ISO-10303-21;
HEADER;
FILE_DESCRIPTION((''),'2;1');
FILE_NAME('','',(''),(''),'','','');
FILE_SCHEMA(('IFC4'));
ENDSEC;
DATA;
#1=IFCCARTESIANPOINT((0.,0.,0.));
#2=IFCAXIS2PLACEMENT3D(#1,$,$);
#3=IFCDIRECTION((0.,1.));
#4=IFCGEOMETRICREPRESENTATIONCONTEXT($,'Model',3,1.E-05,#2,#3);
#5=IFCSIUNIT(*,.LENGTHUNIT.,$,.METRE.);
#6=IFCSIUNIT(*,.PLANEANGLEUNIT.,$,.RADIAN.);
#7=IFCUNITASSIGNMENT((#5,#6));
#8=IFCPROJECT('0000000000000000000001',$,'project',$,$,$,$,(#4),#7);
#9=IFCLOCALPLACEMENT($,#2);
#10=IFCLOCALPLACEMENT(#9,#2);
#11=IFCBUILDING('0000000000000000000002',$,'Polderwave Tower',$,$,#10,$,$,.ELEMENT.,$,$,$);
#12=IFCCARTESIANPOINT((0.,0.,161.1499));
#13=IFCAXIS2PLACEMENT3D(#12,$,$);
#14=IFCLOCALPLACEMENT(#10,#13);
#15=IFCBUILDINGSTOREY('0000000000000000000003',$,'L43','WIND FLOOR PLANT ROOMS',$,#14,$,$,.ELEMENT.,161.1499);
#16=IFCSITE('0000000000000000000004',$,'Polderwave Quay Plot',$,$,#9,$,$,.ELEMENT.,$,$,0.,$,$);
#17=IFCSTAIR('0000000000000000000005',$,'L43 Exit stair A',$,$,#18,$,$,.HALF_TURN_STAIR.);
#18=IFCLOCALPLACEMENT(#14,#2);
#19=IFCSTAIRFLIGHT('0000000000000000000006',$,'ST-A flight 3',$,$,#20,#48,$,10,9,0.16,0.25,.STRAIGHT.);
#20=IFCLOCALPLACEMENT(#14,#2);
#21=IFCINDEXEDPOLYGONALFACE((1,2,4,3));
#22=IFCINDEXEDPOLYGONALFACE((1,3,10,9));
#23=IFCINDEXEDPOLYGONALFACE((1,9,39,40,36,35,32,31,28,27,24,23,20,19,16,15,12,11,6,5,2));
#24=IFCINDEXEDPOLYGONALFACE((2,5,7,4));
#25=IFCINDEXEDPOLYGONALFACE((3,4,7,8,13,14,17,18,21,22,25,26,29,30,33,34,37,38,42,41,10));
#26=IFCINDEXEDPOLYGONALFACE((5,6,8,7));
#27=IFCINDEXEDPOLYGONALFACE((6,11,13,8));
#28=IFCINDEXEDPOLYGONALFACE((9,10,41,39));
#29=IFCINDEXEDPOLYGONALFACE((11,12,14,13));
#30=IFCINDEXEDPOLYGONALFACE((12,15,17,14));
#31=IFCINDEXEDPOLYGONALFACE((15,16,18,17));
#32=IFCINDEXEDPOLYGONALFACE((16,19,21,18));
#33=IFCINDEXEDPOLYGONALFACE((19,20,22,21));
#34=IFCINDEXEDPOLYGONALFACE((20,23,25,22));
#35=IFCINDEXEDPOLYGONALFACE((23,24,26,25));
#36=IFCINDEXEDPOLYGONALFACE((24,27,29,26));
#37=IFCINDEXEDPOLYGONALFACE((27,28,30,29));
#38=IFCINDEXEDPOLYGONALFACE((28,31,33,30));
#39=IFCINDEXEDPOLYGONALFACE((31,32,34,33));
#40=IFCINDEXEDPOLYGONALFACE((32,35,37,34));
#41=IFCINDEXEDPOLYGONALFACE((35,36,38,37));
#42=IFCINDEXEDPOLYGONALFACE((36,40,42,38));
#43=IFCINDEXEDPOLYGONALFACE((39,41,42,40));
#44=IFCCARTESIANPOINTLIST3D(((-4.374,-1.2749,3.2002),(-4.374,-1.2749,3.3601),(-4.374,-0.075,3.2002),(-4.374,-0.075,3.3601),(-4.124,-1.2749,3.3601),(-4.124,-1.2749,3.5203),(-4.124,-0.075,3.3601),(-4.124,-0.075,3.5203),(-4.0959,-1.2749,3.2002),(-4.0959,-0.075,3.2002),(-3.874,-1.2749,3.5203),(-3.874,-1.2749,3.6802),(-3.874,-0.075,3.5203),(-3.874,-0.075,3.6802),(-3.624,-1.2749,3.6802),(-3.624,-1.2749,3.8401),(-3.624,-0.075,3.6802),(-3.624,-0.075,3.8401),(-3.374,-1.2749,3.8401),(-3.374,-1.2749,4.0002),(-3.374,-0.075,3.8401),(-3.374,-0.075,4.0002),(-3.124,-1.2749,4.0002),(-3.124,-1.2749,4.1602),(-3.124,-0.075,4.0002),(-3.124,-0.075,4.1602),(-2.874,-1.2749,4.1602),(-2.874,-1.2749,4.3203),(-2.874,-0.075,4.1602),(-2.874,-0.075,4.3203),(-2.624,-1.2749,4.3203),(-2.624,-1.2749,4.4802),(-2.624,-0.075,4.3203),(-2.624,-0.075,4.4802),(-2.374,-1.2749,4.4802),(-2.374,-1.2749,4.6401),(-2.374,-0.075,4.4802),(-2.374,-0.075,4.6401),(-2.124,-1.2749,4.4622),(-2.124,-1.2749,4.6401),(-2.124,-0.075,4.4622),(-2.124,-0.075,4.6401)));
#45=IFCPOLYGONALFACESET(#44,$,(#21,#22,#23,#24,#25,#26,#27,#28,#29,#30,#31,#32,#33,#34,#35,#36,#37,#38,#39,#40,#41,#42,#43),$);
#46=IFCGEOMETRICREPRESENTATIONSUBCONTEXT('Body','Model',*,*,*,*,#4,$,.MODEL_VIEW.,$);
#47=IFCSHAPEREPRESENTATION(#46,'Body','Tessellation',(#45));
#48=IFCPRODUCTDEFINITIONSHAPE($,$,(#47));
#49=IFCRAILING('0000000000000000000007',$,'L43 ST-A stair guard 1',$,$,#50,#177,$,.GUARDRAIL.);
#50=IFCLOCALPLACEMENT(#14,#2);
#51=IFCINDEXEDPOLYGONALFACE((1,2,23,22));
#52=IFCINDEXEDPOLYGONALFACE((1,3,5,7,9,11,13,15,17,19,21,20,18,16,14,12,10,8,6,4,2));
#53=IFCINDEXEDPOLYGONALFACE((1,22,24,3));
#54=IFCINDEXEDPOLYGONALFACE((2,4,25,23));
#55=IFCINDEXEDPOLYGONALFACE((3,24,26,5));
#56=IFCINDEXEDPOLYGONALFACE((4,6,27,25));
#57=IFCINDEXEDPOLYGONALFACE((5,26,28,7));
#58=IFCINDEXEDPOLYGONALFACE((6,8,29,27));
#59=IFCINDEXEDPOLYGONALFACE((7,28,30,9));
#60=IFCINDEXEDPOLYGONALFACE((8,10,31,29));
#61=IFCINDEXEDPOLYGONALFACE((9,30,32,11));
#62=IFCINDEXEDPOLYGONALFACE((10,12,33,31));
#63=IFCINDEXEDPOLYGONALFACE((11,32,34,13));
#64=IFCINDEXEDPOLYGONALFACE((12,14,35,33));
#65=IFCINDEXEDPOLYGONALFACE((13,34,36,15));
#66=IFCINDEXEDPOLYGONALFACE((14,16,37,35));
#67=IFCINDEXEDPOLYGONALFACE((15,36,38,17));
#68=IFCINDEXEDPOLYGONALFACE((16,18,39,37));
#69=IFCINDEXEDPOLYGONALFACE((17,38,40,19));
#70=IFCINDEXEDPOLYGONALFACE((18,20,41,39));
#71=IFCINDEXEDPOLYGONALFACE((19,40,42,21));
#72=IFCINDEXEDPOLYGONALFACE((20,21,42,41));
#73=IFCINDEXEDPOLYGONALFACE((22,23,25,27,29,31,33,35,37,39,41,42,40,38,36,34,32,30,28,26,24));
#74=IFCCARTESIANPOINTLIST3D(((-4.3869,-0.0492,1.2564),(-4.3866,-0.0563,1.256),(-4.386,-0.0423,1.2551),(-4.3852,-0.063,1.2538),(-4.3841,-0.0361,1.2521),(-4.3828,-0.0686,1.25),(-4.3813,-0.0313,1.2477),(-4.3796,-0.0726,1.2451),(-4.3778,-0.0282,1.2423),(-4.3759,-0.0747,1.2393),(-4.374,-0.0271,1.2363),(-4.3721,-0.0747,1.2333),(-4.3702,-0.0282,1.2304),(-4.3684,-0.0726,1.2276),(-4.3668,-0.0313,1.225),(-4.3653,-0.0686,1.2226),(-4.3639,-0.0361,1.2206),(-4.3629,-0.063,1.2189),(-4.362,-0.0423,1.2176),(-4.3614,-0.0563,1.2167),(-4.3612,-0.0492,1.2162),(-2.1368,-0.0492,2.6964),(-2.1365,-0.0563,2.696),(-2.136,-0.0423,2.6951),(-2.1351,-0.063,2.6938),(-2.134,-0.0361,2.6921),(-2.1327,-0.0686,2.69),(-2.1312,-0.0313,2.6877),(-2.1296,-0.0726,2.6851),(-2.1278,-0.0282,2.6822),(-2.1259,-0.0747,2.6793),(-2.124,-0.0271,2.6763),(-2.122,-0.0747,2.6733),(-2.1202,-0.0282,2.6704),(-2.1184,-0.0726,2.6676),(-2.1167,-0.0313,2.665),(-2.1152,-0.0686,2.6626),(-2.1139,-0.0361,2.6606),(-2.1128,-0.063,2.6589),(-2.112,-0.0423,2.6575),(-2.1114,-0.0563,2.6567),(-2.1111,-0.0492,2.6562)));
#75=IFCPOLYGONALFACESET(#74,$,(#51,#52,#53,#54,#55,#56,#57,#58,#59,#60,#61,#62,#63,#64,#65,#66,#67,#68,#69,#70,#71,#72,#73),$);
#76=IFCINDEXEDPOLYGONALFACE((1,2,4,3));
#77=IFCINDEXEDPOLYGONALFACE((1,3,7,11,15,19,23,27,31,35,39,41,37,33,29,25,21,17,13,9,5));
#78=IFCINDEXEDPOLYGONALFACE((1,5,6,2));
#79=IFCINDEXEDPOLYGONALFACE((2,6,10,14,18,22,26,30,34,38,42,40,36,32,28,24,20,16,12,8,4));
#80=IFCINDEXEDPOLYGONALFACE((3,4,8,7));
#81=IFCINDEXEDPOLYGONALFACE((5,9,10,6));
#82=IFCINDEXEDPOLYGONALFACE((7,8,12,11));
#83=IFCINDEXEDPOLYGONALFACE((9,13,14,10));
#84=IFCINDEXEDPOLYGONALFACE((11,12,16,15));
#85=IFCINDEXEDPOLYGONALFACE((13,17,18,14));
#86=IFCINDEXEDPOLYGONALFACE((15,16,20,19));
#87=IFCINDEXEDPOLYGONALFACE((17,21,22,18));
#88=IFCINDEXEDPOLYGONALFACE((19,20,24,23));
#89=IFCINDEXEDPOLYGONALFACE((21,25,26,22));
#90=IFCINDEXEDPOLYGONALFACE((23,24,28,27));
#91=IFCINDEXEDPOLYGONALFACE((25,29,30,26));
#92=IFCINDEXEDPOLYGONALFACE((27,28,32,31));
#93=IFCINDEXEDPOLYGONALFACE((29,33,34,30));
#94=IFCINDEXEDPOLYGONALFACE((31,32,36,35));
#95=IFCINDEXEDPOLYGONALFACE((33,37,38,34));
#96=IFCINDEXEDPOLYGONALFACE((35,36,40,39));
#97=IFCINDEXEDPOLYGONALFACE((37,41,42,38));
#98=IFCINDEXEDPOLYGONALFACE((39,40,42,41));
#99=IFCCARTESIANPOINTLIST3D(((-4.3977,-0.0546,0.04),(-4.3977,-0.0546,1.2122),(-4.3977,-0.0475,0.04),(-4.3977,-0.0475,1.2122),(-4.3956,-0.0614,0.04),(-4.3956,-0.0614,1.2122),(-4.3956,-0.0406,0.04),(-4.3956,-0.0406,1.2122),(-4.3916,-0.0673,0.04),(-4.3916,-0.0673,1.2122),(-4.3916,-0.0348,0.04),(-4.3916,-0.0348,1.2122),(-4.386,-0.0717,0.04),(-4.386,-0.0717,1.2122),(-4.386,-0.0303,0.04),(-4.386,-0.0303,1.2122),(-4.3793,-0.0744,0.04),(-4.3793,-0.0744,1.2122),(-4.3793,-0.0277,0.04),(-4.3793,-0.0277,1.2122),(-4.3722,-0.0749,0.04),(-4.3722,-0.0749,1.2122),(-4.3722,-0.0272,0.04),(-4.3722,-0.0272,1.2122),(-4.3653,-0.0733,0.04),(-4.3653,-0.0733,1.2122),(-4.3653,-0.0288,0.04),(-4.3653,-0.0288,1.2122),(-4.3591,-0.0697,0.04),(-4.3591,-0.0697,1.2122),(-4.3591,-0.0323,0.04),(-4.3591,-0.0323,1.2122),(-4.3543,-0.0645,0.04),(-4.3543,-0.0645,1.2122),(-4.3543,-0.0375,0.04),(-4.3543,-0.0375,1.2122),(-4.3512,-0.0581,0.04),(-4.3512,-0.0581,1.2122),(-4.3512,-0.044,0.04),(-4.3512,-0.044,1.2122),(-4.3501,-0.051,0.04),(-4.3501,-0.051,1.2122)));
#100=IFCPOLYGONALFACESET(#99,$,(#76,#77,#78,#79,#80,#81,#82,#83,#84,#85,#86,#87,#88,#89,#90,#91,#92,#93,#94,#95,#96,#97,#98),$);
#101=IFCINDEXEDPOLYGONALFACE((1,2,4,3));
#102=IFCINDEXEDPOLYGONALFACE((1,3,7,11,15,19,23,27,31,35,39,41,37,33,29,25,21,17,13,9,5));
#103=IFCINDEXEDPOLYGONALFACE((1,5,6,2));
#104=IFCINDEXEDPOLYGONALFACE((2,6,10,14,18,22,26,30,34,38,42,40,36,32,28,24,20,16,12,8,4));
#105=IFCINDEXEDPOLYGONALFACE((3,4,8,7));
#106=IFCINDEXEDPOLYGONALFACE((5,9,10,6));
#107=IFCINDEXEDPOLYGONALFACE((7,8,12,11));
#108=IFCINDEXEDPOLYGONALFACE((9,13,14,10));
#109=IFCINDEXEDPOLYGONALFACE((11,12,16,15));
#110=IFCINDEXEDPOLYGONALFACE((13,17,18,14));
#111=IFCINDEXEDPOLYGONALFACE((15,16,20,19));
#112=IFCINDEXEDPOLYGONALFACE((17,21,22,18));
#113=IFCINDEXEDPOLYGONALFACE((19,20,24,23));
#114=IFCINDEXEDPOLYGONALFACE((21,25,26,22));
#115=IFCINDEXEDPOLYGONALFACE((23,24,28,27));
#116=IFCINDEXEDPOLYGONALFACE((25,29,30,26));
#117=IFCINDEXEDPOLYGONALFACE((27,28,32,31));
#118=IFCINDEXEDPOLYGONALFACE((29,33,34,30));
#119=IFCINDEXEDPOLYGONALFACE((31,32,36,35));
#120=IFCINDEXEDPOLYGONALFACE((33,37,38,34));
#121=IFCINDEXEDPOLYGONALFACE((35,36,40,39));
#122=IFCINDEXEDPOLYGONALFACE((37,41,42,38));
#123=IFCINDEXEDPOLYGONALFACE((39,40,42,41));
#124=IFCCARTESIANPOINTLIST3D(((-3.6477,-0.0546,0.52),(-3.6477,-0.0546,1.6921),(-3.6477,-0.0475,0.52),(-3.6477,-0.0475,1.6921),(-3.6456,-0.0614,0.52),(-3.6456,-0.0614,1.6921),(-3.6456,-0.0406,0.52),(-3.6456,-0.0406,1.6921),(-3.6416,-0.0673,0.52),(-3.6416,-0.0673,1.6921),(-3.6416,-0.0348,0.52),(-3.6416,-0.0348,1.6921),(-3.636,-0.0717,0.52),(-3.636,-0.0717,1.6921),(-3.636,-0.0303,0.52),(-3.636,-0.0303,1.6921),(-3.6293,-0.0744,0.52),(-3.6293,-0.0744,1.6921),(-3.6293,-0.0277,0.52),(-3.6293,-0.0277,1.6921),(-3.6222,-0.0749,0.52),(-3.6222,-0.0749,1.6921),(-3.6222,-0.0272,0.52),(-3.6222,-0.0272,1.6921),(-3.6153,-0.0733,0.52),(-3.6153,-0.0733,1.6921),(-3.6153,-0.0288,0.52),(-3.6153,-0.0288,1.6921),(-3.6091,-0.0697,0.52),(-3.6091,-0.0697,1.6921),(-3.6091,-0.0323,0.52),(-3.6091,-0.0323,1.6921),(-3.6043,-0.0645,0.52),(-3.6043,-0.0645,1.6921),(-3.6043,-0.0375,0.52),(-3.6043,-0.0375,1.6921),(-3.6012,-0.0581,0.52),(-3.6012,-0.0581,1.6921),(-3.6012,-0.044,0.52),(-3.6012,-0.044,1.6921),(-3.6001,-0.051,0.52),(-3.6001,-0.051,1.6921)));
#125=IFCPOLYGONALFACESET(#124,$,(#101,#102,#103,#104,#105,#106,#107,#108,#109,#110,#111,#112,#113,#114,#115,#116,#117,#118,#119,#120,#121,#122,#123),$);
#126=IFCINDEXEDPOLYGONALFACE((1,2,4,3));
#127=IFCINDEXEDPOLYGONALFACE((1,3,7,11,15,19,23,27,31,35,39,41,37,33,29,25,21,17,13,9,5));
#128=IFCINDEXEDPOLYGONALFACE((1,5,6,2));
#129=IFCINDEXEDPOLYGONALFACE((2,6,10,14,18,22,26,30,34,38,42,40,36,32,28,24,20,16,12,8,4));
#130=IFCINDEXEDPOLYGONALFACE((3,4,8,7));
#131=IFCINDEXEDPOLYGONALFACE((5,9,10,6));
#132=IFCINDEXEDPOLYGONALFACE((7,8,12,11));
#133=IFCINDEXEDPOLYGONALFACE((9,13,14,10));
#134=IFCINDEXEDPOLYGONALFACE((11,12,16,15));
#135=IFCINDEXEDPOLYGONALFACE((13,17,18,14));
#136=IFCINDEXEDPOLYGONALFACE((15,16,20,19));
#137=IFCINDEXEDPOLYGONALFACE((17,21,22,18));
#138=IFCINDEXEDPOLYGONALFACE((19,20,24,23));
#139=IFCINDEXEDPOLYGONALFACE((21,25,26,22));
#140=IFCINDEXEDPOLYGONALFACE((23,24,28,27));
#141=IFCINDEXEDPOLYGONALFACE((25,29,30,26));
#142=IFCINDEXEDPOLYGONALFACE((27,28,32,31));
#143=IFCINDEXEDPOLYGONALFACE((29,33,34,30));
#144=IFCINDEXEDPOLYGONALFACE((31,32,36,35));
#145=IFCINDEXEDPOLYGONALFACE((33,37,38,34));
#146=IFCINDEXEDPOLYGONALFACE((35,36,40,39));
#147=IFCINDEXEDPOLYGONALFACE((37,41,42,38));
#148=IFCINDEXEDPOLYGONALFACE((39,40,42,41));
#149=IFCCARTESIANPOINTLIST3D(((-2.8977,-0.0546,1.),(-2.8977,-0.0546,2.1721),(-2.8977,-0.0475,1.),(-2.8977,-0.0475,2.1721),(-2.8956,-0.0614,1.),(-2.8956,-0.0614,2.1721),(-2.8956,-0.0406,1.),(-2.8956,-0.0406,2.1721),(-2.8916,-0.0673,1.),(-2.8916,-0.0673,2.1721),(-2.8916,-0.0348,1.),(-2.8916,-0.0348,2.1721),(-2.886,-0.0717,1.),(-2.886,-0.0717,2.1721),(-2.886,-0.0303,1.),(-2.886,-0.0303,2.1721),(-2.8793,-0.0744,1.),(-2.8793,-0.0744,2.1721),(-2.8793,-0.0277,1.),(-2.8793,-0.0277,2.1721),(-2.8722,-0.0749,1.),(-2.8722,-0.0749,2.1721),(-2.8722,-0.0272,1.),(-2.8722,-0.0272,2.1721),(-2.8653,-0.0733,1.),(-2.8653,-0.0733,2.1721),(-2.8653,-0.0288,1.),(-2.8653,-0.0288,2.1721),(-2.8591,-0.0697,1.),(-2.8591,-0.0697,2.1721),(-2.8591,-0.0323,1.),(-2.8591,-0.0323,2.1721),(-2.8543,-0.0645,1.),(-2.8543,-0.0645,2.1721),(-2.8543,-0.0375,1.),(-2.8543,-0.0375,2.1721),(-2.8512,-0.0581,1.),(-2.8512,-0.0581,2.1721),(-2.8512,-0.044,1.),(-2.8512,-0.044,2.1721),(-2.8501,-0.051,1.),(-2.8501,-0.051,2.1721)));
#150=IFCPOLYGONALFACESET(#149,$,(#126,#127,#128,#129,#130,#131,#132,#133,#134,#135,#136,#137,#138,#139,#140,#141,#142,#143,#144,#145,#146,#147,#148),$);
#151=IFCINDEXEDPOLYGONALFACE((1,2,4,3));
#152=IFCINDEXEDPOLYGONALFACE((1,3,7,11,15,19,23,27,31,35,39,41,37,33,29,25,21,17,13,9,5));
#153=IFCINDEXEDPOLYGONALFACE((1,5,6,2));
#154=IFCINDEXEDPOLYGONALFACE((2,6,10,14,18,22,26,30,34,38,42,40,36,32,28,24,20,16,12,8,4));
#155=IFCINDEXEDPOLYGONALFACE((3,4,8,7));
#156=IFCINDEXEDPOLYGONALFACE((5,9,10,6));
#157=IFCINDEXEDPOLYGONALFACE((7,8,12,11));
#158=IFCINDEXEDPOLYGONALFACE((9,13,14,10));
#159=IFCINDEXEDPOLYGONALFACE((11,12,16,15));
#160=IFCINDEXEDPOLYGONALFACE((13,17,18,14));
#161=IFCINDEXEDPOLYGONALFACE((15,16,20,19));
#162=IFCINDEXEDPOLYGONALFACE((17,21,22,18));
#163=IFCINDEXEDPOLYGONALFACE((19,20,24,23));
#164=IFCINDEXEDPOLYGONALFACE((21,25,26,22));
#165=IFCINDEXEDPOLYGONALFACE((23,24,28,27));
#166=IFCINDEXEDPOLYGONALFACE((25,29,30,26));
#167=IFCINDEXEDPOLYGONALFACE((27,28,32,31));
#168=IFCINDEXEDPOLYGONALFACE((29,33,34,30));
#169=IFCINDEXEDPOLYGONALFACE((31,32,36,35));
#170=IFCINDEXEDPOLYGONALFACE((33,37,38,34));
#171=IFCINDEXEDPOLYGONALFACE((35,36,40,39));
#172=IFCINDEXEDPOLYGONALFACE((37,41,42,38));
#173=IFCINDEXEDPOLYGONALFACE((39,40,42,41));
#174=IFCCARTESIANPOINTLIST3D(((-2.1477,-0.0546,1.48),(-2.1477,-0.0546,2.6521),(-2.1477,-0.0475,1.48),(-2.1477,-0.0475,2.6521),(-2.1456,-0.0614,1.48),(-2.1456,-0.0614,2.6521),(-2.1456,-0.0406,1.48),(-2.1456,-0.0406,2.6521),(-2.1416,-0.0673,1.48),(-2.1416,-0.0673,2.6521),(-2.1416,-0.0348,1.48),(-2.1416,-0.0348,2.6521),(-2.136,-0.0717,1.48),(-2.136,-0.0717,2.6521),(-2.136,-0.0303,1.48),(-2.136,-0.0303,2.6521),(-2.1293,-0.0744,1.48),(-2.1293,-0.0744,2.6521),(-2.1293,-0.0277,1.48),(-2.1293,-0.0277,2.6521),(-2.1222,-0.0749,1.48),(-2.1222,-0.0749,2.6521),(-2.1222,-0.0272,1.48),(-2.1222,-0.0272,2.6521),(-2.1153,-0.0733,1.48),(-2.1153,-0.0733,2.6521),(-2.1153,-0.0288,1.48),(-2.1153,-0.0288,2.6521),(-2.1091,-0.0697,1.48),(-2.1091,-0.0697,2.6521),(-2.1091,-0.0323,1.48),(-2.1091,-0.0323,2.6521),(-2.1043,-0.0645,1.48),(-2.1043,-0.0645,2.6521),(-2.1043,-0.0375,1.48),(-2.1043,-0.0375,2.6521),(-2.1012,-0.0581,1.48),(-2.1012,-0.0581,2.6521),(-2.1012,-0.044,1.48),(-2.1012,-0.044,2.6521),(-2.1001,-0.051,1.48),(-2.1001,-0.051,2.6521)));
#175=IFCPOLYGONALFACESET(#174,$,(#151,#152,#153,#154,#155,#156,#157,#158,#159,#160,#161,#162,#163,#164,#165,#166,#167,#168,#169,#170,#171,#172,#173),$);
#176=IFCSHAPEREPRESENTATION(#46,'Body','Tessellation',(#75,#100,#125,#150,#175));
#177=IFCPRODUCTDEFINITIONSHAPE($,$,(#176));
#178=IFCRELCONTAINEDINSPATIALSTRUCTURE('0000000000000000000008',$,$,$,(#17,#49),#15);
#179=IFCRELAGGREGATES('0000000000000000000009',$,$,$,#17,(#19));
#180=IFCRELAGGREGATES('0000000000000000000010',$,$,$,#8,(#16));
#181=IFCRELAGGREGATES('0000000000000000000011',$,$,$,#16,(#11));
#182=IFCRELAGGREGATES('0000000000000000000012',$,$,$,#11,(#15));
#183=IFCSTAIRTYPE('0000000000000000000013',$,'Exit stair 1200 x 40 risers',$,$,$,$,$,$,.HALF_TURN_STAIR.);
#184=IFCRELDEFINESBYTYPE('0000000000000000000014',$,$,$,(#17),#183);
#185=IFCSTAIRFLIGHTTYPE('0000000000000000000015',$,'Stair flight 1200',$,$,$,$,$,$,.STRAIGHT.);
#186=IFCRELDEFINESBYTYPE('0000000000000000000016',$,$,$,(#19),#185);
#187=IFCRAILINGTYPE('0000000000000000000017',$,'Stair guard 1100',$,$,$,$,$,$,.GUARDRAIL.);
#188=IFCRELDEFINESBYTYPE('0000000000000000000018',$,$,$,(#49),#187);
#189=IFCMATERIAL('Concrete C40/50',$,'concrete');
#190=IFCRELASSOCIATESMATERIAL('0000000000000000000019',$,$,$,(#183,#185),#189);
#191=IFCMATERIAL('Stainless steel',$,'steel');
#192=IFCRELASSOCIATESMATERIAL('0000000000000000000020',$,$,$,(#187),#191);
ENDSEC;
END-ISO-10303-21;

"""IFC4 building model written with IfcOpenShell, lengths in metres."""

from ifc_helpers import new_model, si_unit, direction, frame, origin, origin_2d, place, context, subcontext, project, spatial, polyline, circle, outline, extrude, material, type_object, element, aggregate, save


model = new_model("IFC4")

# Units and contexts
model_context = context("Model", 3, precision=1e-05, world=origin(), true_north=direction((0.0, 1.0)))
body_context = subcontext(model_context, "Body", "Model", "MODEL_VIEW")
ifc_project = project(units=[si_unit("LENGTHUNIT", "METRE"), si_unit("PLANEANGLEUNIT", "RADIAN")], contexts=[model_context])

# Site, building, storey
site_placement = place(None, origin())
site = spatial("IfcSite", under=ifc_project, at=site_placement, Name="Polderwave Quay Plot", CompositionType="ELEMENT", RefElevation=0.0)
building_placement = place(site_placement, origin())
building = spatial("IfcBuilding", under=site, at=building_placement, Name="Polderwave Tower", CompositionType="ELEMENT")
storey_placement = place(building_placement, frame((0.0, 0.0, 161.1499)))
storey = spatial("IfcBuildingStorey", under=building, at=storey_placement, Name="L43", Description="WIND FLOOR PLANT ROOMS", CompositionType="ELEMENT", Elevation=161.1499)

# Stair, stair flight
ifc_material_1 = material(Name="Concrete C40/50", Category="concrete")
stair_type = type_object("IfcStairType", Name="Exit stair 1200 x 40 risers", PredefinedType="HALF_TURN_STAIR", material=ifc_material_1)
stair_placement = place(storey_placement, origin())
stair = element("IfcStair", 1, at=stair_placement, inside=storey, type_object=stair_type, Name="L43 Exit stair A", PredefinedType="HALF_TURN_STAIR")
stair_flight_type = type_object("IfcStairFlightType", Name="Stair flight 1200", PredefinedType="STRAIGHT", material=ifc_material_1)
stair_flight_1_placement = place(storey_placement, frame((-4.374, -0.675, 3.2002), z_axis=(0.0, 0.0, 1.0), x_axis=(1.0, 0.0, 0.0)))
stair_flight_1 = element("IfcStairFlight", 2, at=stair_flight_1_placement, type_object=stair_flight_type, Name="ST-A flight 3", NumberOfRisers=10, NumberOfTreads=9, PredefinedType="STRAIGHT", RiserHeight=0.16, TreadLength=0.25, context=body_context, shape_type="SweptSolid", body=[
    extrude(outline(polyline([(0.0, 0.0), (0.0, 0.1599), (0.25, 0.1599), (0.25, 0.3201), (0.5, 0.3201), (0.5, 0.48), (0.75, 0.48), (0.75, 0.6399), (1.0, 0.6399), (1.0, 0.8), (1.25, 0.8), (1.25, 0.96), (1.5, 0.96), (1.5, 1.1201), (1.75, 1.1201), (1.75, 1.28), (2.0, 1.28), (2.0, 1.4399), (2.25, 1.4399), (2.25, 1.6001), (2.25, 1.262), (0.2781, 0.0), (0.0, 0.0)])), frame((0.0, 0.6001, 0.0), z_axis=(0.0, -1.0, 0.0), x_axis=(1.0, 0.0, 0.0)), (0.0, 0.0, 1.0), 1.2),
])
aggregate(stair, [stair_flight_1])

# Railing
ifc_material_2 = material(Name="Stainless steel", Category="steel")
railing_type_1 = type_object("IfcRailingType", Name="Stair guard 1100", PredefinedType="GUARDRAIL", material=ifc_material_2)
railing_1_placement = place(storey_placement, frame((-4.374, -0.051, 0.04)))
element("IfcRailing", 3, at=railing_1_placement, inside=storey, type_object=railing_type_1, Name="L43 ST-A stair guard 1", PredefinedType="GUARDRAIL", context=body_context, shape_type="SweptSolid", body=[
    extrude(circle(Radius=0.0239, at=origin_2d()), frame((0.0, 0.0, 1.1963), z_axis=(0.842281, 0.0, 0.539038), x_axis=(0.0, 1.0, 0.0)), (0.0, 0.0, 1.0), 2.6714),
    extrude(circle(Radius=0.0239, at=origin_2d()), origin(), (0.0, 0.0, 1.0), 1.1721),
    extrude(circle(Radius=0.0239, at=origin_2d()), frame((0.75, 0.0, 0.48)), (0.0, 0.0, 1.0), 1.1721),
    extrude(circle(Radius=0.0239, at=origin_2d()), frame((1.5, 0.0, 0.96)), (0.0, 0.0, 1.0), 1.1721),
    extrude(circle(Radius=0.0239, at=origin_2d()), frame((2.25, 0.0, 1.4399)), (0.0, 0.0, 1.0), 1.1721),
])

save(model, "model.ifc")
